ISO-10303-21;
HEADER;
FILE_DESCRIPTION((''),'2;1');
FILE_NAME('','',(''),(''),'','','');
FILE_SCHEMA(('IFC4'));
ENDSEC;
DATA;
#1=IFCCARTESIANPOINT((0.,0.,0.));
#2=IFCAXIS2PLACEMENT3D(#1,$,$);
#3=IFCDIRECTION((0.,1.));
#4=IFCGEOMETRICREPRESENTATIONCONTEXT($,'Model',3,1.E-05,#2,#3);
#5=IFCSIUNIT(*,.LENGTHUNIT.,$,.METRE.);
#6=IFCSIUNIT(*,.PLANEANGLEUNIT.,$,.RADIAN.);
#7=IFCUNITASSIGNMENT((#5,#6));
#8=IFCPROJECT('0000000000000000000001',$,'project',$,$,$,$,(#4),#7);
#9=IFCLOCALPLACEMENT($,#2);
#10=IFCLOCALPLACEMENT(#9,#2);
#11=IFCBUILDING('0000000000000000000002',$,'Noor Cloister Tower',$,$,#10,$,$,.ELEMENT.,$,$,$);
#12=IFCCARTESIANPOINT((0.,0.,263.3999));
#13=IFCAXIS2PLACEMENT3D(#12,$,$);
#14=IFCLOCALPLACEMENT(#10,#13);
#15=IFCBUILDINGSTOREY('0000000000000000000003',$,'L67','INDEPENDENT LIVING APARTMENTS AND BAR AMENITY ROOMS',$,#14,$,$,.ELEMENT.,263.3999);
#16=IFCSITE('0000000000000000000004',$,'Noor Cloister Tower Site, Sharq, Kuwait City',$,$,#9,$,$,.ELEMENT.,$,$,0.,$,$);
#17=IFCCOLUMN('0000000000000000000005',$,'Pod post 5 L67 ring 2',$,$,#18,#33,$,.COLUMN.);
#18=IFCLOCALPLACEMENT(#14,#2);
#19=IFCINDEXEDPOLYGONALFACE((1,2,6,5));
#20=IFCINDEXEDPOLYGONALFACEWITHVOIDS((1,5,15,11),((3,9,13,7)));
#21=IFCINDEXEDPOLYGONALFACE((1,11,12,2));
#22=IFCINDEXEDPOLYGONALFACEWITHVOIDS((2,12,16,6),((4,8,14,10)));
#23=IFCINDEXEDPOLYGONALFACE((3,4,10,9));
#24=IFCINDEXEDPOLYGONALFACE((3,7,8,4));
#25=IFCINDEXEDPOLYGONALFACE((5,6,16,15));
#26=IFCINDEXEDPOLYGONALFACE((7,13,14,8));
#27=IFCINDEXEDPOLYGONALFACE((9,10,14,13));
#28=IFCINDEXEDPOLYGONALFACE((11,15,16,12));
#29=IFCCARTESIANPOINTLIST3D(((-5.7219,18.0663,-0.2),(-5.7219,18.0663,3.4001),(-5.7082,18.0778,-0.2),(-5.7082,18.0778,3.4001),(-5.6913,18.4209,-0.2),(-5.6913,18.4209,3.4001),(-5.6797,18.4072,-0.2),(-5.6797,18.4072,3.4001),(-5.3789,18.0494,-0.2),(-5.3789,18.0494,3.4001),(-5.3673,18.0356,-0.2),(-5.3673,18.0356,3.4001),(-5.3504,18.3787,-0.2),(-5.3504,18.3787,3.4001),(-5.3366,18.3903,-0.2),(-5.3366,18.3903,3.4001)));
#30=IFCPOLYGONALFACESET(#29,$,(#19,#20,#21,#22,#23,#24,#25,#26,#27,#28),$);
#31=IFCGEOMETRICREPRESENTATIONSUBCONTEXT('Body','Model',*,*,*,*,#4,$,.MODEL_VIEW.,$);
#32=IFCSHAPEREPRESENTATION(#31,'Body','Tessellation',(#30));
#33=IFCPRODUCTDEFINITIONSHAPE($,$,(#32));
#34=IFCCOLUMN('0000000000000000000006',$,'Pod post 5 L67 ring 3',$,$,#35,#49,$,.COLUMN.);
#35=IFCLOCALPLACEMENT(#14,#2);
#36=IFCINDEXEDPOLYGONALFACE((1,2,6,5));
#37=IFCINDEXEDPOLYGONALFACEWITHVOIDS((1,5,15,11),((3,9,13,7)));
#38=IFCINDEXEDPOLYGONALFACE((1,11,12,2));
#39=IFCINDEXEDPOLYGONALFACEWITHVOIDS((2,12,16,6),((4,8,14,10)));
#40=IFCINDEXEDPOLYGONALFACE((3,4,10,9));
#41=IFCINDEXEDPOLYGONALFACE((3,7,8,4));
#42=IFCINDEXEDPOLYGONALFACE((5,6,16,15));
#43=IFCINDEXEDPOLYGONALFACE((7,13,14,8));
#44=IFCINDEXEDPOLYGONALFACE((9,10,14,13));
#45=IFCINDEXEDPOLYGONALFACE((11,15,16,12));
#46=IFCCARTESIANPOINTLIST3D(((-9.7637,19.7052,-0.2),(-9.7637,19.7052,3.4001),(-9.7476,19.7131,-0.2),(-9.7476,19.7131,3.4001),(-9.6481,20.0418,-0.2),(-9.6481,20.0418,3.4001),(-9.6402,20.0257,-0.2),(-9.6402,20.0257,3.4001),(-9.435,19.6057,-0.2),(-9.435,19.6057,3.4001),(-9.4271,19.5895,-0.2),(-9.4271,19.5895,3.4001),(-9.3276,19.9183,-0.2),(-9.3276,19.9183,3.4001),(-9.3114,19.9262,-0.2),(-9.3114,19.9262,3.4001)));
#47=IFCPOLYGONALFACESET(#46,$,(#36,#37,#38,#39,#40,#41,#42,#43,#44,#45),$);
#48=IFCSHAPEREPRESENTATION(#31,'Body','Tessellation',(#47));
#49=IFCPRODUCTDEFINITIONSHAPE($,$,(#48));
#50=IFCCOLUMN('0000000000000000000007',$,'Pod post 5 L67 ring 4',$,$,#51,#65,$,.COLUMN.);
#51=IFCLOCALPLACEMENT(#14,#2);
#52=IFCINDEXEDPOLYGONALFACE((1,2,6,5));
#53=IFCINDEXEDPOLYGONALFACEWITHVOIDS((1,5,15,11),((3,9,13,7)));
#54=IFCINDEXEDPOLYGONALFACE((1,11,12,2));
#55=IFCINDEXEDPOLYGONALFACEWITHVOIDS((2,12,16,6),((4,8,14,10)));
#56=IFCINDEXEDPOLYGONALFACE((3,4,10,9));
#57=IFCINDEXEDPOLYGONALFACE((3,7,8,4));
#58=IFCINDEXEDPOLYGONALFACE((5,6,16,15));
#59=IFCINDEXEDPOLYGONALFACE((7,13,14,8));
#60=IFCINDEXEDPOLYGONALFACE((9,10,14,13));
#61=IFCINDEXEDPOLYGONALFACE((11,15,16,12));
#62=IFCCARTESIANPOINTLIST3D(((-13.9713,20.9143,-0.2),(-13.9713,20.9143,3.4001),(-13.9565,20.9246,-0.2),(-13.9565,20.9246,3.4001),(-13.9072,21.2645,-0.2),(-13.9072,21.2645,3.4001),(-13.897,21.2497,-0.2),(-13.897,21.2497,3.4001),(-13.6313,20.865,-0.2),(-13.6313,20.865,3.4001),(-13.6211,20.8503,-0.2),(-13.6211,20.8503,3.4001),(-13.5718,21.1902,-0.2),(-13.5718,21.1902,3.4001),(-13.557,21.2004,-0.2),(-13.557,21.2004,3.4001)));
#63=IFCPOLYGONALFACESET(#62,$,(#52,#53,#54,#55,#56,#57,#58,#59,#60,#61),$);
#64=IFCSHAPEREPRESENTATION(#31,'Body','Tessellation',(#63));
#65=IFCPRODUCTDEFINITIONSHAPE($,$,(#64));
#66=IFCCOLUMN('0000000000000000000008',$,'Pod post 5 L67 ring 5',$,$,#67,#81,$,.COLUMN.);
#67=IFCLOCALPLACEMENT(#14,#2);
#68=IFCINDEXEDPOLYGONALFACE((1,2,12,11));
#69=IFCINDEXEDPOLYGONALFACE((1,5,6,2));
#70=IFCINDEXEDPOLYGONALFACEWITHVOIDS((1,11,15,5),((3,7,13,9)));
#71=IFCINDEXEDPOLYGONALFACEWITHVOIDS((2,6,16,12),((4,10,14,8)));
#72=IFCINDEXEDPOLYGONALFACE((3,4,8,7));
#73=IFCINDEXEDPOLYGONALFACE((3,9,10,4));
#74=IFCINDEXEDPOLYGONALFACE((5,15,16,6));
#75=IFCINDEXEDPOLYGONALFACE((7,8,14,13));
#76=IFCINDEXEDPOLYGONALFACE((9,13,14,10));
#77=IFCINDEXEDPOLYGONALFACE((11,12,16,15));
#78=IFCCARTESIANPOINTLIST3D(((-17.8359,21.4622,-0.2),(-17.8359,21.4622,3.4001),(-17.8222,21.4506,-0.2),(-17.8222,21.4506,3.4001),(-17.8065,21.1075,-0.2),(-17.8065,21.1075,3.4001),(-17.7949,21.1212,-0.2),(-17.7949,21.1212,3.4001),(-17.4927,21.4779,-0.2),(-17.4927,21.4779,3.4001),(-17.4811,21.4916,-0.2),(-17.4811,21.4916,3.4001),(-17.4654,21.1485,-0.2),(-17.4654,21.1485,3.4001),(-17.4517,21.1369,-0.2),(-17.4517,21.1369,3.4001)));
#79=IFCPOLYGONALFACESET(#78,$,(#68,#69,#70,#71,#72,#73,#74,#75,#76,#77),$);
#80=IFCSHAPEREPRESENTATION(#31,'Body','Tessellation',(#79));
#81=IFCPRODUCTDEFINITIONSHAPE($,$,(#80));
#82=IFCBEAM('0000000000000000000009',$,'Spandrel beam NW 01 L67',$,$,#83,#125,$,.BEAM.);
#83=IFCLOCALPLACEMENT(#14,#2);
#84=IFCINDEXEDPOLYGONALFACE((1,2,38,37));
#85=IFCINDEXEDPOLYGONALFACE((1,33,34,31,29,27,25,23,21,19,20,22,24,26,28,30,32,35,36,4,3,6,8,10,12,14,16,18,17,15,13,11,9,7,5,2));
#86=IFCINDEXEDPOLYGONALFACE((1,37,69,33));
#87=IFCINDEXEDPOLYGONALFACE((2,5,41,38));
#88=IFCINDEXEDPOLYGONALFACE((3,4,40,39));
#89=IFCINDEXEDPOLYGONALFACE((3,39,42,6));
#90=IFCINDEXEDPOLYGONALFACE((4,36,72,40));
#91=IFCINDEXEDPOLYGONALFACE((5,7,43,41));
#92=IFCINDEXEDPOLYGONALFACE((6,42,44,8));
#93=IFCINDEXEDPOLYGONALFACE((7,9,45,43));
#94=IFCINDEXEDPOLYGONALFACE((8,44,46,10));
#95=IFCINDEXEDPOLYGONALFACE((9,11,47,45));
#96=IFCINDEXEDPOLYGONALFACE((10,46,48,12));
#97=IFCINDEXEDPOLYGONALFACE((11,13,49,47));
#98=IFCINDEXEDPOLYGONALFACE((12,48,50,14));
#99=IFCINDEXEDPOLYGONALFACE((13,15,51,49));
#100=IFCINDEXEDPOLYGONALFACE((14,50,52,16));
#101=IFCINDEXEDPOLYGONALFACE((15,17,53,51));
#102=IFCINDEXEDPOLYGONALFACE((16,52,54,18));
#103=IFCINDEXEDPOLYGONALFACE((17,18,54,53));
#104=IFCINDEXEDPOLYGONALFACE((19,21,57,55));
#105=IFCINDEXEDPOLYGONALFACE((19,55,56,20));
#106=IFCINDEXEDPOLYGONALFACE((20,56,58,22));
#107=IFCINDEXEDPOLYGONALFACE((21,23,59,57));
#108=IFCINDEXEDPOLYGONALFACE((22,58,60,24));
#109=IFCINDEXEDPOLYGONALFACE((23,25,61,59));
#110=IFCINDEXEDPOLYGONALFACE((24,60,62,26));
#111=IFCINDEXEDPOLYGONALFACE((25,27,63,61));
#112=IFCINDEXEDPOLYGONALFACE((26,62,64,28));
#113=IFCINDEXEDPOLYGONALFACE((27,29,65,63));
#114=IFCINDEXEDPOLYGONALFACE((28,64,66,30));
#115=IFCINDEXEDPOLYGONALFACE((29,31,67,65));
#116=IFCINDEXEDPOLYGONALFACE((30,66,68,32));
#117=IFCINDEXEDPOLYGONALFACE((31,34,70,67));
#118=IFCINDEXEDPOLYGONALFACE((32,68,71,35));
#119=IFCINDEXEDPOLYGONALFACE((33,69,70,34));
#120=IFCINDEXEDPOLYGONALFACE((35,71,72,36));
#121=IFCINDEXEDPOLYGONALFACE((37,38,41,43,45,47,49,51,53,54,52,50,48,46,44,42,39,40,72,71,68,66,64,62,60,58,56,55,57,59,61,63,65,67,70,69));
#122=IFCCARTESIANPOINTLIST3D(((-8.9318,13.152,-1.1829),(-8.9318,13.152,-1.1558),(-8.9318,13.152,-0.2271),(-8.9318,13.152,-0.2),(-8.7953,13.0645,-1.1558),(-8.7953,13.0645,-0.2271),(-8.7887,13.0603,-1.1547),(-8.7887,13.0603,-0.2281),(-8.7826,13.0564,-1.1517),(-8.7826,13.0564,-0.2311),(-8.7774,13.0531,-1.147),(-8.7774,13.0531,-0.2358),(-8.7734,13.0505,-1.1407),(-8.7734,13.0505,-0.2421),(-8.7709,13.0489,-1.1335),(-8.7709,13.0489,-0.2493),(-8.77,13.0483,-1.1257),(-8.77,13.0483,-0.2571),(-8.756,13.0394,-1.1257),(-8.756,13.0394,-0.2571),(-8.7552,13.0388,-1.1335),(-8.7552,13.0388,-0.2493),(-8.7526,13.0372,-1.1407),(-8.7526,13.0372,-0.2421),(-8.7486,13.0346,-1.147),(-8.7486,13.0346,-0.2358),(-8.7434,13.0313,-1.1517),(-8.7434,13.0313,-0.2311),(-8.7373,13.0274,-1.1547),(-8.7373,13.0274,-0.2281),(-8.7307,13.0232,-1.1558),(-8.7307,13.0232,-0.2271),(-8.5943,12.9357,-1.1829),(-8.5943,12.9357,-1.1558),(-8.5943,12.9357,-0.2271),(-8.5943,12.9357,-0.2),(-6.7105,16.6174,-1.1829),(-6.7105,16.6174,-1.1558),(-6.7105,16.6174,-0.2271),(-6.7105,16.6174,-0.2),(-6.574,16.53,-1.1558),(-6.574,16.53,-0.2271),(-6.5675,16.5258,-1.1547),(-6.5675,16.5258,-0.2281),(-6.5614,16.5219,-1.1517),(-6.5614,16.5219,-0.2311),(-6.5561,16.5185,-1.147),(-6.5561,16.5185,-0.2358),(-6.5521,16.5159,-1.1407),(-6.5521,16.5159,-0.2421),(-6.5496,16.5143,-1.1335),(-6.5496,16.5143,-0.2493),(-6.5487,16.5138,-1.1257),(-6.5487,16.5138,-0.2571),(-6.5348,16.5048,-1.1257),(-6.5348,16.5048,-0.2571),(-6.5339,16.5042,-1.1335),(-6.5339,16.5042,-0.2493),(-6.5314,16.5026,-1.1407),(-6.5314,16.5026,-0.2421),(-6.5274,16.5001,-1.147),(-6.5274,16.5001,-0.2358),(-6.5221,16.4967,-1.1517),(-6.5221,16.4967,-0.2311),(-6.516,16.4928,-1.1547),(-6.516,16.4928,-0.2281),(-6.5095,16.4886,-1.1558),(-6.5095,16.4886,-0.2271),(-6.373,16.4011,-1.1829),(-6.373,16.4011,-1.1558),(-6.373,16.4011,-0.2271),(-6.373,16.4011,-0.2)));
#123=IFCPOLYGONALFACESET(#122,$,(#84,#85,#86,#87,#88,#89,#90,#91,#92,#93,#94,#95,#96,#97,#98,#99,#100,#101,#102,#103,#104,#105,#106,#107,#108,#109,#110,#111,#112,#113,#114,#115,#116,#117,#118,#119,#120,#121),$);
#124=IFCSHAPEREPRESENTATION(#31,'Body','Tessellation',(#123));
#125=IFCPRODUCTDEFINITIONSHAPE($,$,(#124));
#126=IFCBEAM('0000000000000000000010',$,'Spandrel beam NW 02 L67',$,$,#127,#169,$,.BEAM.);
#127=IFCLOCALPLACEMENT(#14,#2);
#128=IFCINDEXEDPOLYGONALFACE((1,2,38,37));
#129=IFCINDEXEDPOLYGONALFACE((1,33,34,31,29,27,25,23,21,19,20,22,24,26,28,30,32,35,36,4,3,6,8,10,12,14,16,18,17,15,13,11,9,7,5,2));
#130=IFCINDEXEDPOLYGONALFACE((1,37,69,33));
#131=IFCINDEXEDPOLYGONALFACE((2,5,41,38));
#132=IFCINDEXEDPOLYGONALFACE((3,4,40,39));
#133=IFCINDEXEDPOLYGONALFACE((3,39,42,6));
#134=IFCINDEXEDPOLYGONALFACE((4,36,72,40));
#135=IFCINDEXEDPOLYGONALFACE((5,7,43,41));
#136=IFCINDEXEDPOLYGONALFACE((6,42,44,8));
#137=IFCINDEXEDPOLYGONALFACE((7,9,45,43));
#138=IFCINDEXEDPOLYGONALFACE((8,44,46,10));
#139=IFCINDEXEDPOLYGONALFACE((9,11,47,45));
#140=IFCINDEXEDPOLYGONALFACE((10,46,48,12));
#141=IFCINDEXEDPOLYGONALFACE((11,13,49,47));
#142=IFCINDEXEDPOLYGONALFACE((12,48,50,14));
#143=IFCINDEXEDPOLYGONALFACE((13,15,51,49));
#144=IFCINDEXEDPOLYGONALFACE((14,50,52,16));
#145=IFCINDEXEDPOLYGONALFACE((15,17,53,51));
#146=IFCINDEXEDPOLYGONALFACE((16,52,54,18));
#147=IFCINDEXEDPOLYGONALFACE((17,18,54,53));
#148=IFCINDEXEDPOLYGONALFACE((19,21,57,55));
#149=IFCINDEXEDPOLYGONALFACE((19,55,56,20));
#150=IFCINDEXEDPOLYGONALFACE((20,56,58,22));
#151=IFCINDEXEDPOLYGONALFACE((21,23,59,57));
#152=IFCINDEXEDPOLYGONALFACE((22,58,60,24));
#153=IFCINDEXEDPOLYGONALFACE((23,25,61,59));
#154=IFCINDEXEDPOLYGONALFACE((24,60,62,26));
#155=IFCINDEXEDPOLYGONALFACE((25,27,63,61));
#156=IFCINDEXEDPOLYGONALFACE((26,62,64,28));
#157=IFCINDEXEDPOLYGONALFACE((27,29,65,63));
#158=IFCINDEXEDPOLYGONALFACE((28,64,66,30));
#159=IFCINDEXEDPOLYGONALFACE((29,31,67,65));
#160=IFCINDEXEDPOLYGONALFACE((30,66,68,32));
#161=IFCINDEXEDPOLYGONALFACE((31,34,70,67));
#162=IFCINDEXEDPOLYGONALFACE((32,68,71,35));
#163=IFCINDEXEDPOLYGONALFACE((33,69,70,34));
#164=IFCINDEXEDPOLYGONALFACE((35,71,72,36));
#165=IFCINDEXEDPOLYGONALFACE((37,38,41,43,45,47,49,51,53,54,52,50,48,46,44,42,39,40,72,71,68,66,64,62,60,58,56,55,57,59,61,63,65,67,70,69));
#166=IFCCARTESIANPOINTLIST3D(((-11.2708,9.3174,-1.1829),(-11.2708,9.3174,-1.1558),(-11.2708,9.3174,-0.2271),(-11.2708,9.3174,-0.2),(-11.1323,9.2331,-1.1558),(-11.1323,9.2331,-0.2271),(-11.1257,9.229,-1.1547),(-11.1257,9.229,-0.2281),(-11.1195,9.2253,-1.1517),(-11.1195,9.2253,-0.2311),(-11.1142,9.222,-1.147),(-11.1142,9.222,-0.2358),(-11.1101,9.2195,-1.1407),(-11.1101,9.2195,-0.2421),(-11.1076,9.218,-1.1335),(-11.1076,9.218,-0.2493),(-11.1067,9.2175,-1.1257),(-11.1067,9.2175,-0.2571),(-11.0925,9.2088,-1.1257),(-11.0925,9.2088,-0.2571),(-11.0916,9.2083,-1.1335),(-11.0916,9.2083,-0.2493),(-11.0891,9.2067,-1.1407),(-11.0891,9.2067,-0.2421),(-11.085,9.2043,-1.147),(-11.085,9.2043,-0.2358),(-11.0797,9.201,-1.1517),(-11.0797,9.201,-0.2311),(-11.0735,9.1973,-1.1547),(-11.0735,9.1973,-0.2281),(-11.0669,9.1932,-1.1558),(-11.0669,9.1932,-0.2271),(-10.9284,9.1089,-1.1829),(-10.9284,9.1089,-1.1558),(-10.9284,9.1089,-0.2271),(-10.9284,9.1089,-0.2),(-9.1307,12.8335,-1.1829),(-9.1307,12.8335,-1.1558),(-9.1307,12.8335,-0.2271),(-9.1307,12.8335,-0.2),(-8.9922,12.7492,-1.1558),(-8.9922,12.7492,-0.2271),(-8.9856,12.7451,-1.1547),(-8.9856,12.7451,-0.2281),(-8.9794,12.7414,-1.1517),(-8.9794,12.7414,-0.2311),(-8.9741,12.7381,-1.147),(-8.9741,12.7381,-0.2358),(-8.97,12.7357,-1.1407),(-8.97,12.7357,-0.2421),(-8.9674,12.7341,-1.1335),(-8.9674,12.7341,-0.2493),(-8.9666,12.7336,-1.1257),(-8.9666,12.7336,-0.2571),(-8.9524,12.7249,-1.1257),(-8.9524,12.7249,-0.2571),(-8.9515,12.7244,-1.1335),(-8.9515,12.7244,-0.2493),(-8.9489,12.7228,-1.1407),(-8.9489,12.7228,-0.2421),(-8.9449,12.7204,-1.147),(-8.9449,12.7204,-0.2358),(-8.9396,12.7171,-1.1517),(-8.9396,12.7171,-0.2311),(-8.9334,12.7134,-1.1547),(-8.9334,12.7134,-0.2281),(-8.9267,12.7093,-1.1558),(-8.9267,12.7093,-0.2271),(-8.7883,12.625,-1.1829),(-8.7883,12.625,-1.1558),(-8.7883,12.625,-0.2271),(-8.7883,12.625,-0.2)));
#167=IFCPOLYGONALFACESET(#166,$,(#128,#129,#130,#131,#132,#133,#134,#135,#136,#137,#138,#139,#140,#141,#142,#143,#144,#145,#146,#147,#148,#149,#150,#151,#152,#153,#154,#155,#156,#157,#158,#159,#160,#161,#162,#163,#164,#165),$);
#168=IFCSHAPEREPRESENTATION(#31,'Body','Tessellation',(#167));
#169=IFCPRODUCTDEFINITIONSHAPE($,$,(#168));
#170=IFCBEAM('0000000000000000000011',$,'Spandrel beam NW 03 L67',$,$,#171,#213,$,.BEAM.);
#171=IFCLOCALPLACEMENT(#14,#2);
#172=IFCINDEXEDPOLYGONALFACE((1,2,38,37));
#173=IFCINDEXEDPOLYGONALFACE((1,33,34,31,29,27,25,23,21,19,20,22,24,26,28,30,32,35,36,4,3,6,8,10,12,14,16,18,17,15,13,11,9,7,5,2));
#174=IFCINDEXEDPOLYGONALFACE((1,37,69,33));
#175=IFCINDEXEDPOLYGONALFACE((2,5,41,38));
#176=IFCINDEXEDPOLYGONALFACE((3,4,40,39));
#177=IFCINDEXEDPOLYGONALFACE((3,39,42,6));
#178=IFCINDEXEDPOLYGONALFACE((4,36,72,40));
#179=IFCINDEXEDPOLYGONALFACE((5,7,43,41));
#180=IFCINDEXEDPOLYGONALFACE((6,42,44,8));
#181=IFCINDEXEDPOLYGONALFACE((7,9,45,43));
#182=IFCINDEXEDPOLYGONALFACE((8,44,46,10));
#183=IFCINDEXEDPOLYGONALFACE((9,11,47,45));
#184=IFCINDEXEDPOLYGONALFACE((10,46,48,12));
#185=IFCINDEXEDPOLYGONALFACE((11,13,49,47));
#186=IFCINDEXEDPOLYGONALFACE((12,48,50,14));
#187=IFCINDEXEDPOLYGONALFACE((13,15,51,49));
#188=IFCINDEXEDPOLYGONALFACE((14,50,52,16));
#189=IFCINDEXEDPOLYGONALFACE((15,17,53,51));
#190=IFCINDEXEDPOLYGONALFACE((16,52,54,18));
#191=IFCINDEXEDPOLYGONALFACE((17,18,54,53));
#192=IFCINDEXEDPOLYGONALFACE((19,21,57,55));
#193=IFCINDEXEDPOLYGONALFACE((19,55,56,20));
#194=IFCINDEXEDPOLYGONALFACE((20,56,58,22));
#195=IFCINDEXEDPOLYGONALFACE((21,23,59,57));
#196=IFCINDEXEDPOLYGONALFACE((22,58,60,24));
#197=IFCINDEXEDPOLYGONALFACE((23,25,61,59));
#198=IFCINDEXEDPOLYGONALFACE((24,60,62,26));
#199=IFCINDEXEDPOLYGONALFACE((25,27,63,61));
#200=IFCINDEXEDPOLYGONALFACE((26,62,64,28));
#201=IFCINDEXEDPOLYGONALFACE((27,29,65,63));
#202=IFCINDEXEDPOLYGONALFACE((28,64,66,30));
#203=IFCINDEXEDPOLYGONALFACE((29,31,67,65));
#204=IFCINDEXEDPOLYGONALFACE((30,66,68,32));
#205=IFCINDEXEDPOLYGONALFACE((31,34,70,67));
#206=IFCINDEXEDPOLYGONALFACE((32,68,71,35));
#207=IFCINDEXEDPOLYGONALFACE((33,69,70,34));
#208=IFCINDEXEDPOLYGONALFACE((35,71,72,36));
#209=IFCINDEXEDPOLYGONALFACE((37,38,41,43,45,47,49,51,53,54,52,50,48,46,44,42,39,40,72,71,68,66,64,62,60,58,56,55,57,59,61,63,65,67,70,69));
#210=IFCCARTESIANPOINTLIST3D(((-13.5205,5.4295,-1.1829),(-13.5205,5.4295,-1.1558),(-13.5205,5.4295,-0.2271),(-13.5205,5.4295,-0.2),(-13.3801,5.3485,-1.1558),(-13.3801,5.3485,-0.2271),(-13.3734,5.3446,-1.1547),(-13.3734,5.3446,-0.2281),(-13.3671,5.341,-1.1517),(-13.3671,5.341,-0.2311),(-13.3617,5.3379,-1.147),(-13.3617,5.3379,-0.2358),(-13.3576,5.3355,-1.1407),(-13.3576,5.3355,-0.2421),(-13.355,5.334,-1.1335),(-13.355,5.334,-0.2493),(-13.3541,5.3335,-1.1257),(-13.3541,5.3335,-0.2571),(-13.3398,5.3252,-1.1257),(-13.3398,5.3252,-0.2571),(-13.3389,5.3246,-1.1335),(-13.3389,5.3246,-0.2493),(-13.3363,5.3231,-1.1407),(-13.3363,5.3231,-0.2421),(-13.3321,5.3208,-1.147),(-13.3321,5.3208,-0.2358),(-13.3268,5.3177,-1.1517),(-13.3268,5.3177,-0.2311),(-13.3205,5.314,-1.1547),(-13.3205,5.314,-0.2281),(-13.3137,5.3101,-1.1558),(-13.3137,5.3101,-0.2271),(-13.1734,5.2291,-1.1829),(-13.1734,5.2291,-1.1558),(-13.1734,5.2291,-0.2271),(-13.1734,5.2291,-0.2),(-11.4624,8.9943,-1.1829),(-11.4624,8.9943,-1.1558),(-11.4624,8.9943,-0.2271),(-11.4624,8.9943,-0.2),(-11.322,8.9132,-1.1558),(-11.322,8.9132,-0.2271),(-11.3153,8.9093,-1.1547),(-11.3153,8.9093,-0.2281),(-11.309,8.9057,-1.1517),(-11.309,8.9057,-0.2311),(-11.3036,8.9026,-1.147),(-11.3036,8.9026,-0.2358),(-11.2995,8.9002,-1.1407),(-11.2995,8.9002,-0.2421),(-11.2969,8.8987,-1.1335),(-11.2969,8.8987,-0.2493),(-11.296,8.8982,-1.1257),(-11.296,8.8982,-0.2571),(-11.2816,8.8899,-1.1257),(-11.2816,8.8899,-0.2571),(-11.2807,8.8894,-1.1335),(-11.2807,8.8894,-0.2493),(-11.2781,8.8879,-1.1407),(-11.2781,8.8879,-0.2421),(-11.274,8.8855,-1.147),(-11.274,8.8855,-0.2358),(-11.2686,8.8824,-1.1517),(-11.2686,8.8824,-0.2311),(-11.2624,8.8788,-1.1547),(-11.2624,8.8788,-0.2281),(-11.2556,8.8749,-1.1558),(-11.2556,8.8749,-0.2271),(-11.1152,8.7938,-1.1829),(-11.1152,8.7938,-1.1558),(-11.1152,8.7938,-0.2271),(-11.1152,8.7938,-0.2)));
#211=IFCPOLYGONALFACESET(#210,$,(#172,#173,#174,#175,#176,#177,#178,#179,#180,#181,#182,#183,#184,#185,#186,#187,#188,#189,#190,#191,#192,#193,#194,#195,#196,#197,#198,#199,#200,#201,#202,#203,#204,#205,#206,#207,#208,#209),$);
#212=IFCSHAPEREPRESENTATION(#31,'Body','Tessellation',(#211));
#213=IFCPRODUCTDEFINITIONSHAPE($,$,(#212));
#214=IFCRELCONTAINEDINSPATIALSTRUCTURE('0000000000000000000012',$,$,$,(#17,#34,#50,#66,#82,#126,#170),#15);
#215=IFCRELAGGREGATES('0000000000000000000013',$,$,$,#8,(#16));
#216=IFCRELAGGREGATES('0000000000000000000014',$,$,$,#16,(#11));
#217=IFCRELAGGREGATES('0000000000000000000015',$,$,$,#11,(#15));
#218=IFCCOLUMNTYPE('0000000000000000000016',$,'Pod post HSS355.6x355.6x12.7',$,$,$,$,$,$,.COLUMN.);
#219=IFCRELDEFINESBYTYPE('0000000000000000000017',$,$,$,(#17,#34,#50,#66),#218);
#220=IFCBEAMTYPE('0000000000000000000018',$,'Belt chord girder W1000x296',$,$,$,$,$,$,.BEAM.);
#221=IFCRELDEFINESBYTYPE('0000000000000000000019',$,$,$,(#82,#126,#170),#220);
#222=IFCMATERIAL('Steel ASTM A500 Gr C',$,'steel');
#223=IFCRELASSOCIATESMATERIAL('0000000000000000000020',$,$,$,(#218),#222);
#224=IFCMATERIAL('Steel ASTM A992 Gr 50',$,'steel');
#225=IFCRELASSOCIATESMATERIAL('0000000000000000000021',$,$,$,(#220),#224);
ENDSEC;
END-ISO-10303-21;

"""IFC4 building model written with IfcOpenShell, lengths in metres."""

from ifc_helpers import new_model, si_unit, direction, frame, origin, origin_2d, place, context, subcontext, project, spatial, hollow_rectangle, i_section, extrude, material, material_profile, profile_set, type_object, element, save


model = new_model("IFC4")

# Units and contexts
model_context = context("Model", 3, precision=1e-05, world=origin(), true_north=direction((0.0, 1.0)))
body_context = subcontext(model_context, "Body", "Model", "MODEL_VIEW")
ifc_project = project(units=[si_unit("LENGTHUNIT", "METRE"), si_unit("PLANEANGLEUNIT", "RADIAN")], contexts=[model_context])

# Site, building, storey
site_placement = place(None, origin())
site = spatial("IfcSite", under=ifc_project, at=site_placement, Name="Noor Cloister Tower Site, Sharq, Kuwait City", CompositionType="ELEMENT", RefElevation=0.0)
building_placement = place(site_placement, origin())
building = spatial("IfcBuilding", under=site, at=building_placement, Name="Noor Cloister Tower", CompositionType="ELEMENT")
storey_placement = place(building_placement, frame((0.0, 0.0, 263.3999)))
storey = spatial("IfcBuildingStorey", under=building, at=storey_placement, Name="L67", Description="INDEPENDENT LIVING APARTMENTS AND BAR AMENITY ROOMS", CompositionType="ELEMENT", Elevation=263.3999)

# Columns
ifc_material_1 = material(Name="Steel ASTM A500 Gr C", Category="steel")
ifc_material_profile_1 = material_profile(ifc_material_1, hollow_rectangle(XDim=0.356, YDim=0.356, WallThickness=0.0127, at=origin_2d()), Name="HSS355.6x355.6x12.7")
ifc_profile_set_1 = profile_set([ifc_material_profile_1], Name="Steel ASTM A500 Gr C")
column_type_1 = type_object("IfcColumnType", Name="Pod post HSS355.6x355.6x12.7", PredefinedType="COLUMN", material=ifc_profile_set_1)
for number, where, z_axis, x_axis, name in (
    (1, (-5.5293, 18.2283, -0.2), (0.0, 0.0, 1.0), (-0.996284, 0.086134, 0.0), "Pod post 5 L67 ring 2"),
    (2, (-9.5376, 19.8157, -0.2), (0.0, 0.0, 1.0), (-0.945746, 0.324908, 0.0), "Pod post 5 L67 ring 3"),
    (3, (-13.7642, 21.0574, -0.2), (0.0, 0.0, 1.0), (-0.983656, 0.180056, 0.0), "Pod post 5 L67 ring 4"),
    (4, (-17.6438, 21.2996, -0.2), (0.0, 0.0, 1.0), (-0.996585, -0.082572, 0.0), "Pod post 5 L67 ring 5"),
):
    element("IfcColumn", number, at=place(storey_placement, frame(where, z_axis=z_axis, x_axis=x_axis)), inside=storey, type_object=column_type_1, Name=name, PredefinedType="COLUMN", context=body_context, shape_type="SweptSolid", body=[
        extrude(hollow_rectangle(XDim=0.356, YDim=0.356, WallThickness=0.0127, at=origin_2d()), origin(), (0.0, 0.0, 1.0), 3.6001),
    ])

# Beams
ifc_material_2 = material(Name="Steel ASTM A992 Gr 50", Category="steel")
ifc_material_profile_2 = material_profile(ifc_material_2, i_section(OverallWidth=0.4009, OverallDepth=0.9829, WebThickness=0.0166, FlangeThickness=0.0271, FilletRadius=0.03, at=origin_2d()), Name="W1000x296")
ifc_profile_set_2 = profile_set([ifc_material_profile_2], Name="Steel ASTM A992 Gr 50")
beam_type = type_object("IfcBeamType", Name="Belt chord girder W1000x296", PredefinedType="BEAM", material=ifc_profile_set_2)
for number, where, z_axis, x_axis, name in (
    (5, (-6.5417, 16.5093, -0.6914), (-0.539636, -0.841898, 0.0), (0.841898, -0.539636, 0.0), "Spandrel beam NW 01 L67"),
    (6, (-8.9595, 12.7292, -0.6914), (-0.519928, -0.85421, 0.0), (0.85421, -0.519928, 0.0), "Spandrel beam NW 02 L67"),
    (7, (-11.2888, 8.894, -0.6914), (-0.500005, -0.866023, 0.0), (0.866023, -0.500005, 0.0), "Spandrel beam NW 03 L67"),
):
    element("IfcBeam", number, at=place(storey_placement, frame(where, z_axis=z_axis, x_axis=x_axis)), inside=storey, type_object=beam_type, Name=name, PredefinedType="BEAM", context=body_context, shape_type="SweptSolid", body=[
        extrude(i_section(OverallWidth=0.4009, OverallDepth=0.9829, WebThickness=0.0166, FlangeThickness=0.0271, FilletRadius=0.03, at=origin_2d()), origin(), (0.0, 0.0, 1.0), 4.1162),
    ])

save(model, "model.ifc")
